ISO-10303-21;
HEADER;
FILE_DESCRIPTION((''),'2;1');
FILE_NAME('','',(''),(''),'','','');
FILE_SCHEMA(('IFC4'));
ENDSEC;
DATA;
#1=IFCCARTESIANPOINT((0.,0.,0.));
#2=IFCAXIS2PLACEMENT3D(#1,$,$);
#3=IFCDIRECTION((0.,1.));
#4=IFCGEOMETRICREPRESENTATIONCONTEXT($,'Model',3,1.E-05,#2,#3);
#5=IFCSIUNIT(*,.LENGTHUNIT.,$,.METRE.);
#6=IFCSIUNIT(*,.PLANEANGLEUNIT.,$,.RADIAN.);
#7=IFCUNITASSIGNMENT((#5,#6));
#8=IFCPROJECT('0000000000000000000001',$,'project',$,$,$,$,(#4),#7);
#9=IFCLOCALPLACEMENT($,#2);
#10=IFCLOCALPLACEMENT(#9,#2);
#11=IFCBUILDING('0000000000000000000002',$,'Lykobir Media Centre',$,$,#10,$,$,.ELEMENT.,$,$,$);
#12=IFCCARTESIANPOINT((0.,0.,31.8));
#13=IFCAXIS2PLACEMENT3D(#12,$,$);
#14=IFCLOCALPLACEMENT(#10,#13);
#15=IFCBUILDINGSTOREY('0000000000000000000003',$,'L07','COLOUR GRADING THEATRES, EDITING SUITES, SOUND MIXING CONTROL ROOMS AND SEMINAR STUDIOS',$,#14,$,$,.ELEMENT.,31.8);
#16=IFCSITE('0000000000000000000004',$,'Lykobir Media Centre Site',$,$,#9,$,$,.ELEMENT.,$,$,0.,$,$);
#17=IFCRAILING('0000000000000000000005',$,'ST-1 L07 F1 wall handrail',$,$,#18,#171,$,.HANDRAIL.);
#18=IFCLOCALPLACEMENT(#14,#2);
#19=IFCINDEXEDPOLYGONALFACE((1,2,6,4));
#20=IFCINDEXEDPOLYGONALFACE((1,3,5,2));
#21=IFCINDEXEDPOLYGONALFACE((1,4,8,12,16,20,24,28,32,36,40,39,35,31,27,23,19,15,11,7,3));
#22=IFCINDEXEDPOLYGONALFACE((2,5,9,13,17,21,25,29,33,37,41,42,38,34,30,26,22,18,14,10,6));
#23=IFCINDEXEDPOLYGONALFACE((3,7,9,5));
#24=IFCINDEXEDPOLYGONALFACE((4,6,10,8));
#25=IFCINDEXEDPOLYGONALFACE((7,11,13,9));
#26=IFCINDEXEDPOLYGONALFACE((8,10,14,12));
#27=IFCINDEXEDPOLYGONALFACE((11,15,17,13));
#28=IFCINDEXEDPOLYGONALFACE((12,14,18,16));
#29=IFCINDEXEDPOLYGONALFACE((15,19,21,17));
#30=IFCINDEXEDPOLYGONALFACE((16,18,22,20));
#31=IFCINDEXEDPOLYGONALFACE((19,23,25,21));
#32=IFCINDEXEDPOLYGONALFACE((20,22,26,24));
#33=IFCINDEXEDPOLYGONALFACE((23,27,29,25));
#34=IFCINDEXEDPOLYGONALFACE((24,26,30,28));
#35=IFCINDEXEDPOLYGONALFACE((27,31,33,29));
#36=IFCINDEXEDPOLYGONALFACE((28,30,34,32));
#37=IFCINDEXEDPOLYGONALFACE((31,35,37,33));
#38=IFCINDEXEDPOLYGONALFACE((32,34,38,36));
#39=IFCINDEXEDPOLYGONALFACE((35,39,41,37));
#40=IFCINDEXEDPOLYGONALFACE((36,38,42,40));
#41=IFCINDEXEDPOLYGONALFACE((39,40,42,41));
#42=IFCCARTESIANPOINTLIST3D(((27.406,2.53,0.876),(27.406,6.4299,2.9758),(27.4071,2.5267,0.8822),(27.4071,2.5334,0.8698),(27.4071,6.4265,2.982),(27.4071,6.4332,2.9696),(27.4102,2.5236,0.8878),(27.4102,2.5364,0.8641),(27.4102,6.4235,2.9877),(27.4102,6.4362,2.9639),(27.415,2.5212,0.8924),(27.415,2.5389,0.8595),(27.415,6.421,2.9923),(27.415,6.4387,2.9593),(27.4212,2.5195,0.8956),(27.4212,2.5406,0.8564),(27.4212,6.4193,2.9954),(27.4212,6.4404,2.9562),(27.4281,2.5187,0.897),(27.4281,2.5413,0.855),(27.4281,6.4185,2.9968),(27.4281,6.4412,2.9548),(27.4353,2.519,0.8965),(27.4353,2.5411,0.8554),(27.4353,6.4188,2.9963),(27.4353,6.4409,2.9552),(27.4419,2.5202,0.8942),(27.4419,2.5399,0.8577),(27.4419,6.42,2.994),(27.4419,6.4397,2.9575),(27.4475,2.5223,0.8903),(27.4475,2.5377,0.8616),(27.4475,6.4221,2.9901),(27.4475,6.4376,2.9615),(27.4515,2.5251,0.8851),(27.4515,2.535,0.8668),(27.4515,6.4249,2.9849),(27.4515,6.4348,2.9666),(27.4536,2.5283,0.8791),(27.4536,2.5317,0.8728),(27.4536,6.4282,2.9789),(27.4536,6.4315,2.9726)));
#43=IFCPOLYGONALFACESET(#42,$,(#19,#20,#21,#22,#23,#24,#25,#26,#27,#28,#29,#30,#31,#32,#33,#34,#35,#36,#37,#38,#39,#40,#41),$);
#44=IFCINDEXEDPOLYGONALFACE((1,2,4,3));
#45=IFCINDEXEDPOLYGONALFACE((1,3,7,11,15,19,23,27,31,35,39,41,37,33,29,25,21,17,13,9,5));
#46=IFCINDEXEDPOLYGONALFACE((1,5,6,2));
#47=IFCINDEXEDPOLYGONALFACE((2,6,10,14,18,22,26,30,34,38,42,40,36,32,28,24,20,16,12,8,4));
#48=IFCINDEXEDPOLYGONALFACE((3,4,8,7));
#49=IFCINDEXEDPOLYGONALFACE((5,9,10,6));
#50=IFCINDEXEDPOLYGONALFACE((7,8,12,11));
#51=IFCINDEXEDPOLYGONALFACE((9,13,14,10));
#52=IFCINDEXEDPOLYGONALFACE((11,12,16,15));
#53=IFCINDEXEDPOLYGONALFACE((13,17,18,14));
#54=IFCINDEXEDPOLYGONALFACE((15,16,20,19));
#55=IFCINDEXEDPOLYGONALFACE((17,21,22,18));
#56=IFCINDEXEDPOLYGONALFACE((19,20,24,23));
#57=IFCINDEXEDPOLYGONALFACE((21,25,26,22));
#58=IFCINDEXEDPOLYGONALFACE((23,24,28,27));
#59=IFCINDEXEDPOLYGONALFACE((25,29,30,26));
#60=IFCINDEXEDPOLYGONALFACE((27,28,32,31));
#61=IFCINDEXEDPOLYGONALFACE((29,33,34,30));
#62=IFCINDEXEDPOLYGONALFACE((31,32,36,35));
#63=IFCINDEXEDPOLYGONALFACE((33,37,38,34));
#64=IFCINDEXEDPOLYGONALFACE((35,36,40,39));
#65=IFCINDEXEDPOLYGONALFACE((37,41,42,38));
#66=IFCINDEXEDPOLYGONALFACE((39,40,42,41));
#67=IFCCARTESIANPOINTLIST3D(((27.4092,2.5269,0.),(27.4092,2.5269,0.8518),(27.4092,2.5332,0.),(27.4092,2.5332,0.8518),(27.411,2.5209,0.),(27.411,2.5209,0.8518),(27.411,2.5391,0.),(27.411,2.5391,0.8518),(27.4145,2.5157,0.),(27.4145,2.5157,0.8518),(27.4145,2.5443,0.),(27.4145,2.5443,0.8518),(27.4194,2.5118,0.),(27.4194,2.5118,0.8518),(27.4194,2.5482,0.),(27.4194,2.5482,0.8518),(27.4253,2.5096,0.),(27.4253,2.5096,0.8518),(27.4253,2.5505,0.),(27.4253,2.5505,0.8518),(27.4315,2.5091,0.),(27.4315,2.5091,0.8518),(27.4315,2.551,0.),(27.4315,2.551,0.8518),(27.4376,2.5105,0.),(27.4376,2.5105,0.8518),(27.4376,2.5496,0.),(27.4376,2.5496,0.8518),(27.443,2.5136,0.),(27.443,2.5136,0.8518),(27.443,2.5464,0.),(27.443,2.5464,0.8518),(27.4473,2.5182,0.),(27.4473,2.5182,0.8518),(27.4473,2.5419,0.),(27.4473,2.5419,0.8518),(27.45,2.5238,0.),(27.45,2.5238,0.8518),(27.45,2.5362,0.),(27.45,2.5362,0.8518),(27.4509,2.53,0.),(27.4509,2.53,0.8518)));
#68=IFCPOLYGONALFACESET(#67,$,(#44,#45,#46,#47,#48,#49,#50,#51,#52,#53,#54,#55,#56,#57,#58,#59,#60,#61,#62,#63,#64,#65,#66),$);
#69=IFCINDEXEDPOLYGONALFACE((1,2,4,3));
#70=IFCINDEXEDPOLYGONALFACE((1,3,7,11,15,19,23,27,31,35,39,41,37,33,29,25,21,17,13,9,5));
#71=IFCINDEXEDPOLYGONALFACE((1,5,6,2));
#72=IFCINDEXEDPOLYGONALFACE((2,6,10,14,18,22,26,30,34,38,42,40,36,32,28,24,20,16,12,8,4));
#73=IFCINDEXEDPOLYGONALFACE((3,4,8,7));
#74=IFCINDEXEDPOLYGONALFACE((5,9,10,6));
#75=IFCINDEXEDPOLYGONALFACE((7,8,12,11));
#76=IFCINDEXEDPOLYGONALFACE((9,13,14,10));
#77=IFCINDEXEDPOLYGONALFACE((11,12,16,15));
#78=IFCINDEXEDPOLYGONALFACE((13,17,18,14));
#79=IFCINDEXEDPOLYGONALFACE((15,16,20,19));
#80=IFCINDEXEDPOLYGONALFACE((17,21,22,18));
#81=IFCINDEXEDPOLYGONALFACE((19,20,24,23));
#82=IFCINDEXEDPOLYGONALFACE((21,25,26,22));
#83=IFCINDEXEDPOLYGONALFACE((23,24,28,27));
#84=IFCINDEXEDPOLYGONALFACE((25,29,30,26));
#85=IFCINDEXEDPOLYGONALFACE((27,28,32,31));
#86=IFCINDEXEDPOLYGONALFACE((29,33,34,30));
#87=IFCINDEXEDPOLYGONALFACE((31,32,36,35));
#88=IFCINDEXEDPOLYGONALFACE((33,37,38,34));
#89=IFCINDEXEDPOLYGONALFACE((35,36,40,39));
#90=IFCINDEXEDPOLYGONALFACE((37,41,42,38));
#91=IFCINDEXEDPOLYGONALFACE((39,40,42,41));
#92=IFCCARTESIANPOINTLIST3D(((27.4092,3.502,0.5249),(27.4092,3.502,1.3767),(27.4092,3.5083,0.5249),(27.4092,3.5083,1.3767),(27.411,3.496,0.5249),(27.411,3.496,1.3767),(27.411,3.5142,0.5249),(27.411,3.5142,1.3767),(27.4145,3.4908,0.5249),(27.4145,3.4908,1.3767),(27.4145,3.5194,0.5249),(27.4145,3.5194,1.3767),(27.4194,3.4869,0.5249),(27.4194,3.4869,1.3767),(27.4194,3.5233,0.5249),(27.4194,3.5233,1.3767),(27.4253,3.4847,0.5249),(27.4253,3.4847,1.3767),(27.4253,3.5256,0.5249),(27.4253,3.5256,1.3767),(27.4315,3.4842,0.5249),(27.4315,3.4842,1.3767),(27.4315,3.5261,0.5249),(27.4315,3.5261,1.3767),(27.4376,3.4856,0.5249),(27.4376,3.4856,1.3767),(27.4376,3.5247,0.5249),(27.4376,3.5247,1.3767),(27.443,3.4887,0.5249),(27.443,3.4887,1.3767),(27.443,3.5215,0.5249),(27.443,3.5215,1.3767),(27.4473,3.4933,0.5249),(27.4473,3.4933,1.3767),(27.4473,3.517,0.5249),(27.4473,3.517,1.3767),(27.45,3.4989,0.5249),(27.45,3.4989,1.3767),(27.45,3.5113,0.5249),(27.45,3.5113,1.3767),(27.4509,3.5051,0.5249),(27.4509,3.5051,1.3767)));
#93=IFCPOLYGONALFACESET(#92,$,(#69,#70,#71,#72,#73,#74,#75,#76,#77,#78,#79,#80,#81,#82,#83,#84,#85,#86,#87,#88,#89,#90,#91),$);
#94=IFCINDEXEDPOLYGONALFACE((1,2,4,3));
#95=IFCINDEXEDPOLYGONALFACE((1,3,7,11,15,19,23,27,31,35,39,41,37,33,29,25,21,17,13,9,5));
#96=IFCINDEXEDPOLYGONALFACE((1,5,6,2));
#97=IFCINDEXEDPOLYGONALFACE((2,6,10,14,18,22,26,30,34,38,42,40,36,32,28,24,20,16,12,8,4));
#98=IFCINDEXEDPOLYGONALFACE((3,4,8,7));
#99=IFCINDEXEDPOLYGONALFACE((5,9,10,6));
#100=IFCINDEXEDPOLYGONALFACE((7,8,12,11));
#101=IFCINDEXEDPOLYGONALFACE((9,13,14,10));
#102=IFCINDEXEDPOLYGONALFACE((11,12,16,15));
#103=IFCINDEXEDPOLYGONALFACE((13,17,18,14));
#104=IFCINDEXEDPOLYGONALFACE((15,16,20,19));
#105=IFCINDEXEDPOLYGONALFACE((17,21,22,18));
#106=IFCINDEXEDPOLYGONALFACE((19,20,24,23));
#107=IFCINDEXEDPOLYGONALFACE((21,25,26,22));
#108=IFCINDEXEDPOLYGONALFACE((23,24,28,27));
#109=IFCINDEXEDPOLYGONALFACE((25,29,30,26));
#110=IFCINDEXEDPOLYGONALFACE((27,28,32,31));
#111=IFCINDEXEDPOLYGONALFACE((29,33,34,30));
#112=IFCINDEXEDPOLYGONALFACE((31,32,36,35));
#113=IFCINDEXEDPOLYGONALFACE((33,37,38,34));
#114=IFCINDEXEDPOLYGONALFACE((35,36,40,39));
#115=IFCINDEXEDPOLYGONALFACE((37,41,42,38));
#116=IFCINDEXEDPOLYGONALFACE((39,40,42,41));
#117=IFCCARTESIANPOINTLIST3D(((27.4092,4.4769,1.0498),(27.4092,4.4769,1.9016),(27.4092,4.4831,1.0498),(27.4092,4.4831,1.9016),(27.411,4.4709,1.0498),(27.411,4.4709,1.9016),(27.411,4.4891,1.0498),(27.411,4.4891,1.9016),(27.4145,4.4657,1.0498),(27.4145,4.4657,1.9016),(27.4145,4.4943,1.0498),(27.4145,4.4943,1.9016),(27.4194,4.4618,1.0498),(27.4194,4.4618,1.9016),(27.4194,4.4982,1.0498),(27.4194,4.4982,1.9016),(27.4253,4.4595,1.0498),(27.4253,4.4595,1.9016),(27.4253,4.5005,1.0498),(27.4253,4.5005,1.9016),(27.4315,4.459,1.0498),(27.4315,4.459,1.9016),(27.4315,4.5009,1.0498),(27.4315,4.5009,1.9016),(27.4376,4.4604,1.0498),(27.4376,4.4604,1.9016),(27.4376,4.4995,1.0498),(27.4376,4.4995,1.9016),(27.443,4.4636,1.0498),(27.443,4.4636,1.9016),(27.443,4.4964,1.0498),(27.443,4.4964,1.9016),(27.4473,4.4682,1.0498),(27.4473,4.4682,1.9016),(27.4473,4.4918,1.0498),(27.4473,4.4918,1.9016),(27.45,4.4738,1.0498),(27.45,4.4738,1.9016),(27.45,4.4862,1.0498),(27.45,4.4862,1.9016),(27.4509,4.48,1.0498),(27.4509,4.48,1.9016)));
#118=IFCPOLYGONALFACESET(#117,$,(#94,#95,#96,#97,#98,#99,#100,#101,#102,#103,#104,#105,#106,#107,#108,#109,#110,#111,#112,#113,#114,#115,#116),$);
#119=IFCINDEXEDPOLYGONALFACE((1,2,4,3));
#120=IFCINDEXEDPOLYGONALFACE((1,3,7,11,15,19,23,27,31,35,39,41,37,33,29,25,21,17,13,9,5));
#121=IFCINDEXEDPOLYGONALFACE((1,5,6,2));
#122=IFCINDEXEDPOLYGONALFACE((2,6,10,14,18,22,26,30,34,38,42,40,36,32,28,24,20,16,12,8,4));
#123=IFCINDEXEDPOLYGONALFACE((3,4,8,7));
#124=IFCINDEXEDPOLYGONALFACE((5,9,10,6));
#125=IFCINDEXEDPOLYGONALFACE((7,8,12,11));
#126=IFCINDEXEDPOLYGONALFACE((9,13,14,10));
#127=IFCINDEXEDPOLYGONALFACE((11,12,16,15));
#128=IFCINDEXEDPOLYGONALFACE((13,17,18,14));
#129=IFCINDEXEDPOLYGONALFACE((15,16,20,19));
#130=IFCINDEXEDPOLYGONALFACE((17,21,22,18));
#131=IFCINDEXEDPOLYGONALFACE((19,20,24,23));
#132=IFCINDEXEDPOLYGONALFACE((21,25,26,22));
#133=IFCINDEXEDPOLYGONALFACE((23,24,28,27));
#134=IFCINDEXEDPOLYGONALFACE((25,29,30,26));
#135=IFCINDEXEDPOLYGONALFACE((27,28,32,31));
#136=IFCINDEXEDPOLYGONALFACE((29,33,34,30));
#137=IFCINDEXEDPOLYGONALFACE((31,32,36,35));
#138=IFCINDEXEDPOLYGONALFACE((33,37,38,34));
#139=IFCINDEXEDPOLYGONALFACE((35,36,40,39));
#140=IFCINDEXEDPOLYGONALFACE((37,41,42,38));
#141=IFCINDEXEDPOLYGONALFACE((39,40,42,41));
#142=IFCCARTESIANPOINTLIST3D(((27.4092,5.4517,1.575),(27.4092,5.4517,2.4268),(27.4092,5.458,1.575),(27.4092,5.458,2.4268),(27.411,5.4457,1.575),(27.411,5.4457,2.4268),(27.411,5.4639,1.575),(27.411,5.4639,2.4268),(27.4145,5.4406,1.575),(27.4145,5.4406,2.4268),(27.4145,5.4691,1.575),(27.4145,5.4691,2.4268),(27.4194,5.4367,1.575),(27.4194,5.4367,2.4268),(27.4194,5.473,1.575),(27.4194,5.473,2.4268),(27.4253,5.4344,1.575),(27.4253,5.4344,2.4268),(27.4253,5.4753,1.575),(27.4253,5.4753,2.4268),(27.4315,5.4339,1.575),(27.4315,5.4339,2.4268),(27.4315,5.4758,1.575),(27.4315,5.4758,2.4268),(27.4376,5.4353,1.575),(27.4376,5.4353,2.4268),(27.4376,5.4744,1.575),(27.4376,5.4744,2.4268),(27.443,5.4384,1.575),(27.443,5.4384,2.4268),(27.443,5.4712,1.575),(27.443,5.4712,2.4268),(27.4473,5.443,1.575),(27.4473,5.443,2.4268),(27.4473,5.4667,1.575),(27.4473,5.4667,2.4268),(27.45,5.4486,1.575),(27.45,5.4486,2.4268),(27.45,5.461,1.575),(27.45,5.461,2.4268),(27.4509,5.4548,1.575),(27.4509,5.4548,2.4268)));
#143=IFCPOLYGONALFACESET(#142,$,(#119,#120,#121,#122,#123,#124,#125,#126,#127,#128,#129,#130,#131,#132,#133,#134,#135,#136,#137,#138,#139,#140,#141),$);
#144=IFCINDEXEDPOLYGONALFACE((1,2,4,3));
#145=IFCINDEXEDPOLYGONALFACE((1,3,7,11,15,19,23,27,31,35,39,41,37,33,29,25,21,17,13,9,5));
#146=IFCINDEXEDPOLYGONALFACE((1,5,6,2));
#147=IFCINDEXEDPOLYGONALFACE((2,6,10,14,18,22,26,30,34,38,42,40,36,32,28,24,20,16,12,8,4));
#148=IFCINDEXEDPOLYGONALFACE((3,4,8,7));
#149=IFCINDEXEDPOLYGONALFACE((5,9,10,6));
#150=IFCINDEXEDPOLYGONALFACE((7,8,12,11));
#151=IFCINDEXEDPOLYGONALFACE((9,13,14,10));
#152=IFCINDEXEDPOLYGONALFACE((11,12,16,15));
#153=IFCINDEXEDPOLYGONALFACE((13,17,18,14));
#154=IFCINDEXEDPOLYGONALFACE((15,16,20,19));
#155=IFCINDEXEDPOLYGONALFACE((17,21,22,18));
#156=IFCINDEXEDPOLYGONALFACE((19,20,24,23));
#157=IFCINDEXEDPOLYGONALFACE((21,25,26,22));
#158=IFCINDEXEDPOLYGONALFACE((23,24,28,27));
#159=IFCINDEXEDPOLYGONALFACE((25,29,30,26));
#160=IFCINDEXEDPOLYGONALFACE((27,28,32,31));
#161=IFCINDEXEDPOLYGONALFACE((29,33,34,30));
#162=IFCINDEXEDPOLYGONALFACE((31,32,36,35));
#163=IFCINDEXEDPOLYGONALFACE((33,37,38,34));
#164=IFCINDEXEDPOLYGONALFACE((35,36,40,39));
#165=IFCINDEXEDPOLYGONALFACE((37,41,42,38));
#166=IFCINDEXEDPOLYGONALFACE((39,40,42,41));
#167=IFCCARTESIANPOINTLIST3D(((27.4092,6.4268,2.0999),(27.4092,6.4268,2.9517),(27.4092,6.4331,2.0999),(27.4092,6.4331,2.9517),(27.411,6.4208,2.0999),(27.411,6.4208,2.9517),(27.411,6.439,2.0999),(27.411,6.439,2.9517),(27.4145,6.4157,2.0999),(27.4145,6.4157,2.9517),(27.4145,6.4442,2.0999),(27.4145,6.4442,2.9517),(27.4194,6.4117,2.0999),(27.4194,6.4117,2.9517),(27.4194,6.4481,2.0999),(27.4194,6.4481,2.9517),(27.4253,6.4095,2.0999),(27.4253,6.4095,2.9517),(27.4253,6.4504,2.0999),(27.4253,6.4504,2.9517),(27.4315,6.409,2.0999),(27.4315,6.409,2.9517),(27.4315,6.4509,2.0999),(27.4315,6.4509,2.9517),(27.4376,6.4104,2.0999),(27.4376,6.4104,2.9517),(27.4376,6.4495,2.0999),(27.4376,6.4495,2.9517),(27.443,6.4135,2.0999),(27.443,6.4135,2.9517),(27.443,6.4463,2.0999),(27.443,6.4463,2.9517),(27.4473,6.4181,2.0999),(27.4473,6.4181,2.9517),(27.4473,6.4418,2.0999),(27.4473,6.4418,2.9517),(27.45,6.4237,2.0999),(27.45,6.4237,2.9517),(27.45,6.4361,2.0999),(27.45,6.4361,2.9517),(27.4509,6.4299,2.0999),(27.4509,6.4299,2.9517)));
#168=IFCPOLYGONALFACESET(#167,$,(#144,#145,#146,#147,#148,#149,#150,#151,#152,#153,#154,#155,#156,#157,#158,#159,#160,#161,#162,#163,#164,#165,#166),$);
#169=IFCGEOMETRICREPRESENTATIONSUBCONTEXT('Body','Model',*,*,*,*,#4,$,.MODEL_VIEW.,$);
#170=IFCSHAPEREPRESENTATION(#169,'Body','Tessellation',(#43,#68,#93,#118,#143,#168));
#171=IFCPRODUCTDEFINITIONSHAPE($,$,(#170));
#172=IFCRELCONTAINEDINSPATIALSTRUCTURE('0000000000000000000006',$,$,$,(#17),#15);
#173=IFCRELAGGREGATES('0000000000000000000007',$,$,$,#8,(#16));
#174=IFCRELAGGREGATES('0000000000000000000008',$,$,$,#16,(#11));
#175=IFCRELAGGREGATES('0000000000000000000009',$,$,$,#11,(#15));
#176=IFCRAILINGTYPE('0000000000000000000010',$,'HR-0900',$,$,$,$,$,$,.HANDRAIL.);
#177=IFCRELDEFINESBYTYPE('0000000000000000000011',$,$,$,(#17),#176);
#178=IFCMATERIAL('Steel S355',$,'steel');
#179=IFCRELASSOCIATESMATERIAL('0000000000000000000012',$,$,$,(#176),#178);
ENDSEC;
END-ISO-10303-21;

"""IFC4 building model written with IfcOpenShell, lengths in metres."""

from ifc_helpers import new_model, si_unit, direction, frame, origin, origin_2d, place, context, subcontext, project, spatial, circle, extrude, material, type_object, element, save


model = new_model("IFC4")

# Units and contexts
model_context = context("Model", 3, precision=1e-05, world=origin(), true_north=direction((0.0, 1.0)))
body_context = subcontext(model_context, "Body", "Model", "MODEL_VIEW")
ifc_project = project(units=[si_unit("LENGTHUNIT", "METRE"), si_unit("PLANEANGLEUNIT", "RADIAN")], contexts=[model_context])

# Site, building, storey
site_placement = place(None, origin())
site = spatial("IfcSite", under=ifc_project, at=site_placement, Name="Lykobir Media Centre Site", CompositionType="ELEMENT", RefElevation=0.0)
building_placement = place(site_placement, origin())
building = spatial("IfcBuilding", under=site, at=building_placement, Name="Lykobir Media Centre", CompositionType="ELEMENT")
storey_placement = place(building_placement, frame((0.0, 0.0, 31.8)))
storey = spatial("IfcBuildingStorey", under=building, at=storey_placement, Name="L07", Description="COLOUR GRADING THEATRES, EDITING SUITES, SOUND MIXING CONTROL ROOMS AND SEMINAR STUDIOS", CompositionType="ELEMENT", Elevation=31.8)

# Shared definitions
ifc_material_1 = material(Name="Steel S355", Category="steel")

# Railing
railing_type_1 = type_object("IfcRailingType", Name="HR-0900", PredefinedType="HANDRAIL", material=ifc_material_1)
railing_1_placement = place(storey_placement, frame((27.4299, 2.53, 0.0)))
element("IfcRailing", 1, at=railing_1_placement, inside=storey, type_object=railing_type_1, Name="ST-1 L07 F1 wall handrail", PredefinedType="HANDRAIL", context=body_context, shape_type="SweptSolid", body=[
    extrude(circle(Radius=0.0239, at=origin_2d()), frame((0.0, 0.0, 0.876), z_axis=(0.0, 0.88048, 0.474083), x_axis=(-1.0, 0.0, 0.0)), (0.0, 0.0, 1.0), 4.4292),
    extrude(circle(Radius=0.021, at=origin_2d()), origin(), (0.0, 0.0, 1.0), 0.8518),
    extrude(circle(Radius=0.021, at=origin_2d()), frame((0.0, 0.9751, 0.5249)), (0.0, 0.0, 1.0), 0.8518),
    extrude(circle(Radius=0.021, at=origin_2d()), frame((0.0, 1.95, 1.0498)), (0.0, 0.0, 1.0), 0.8518),
    extrude(circle(Radius=0.021, at=origin_2d()), frame((0.0, 2.9248, 1.575)), (0.0, 0.0, 1.0), 0.8518),
    extrude(circle(Radius=0.021, at=origin_2d()), frame((0.0, 3.8999, 2.0999)), (0.0, 0.0, 1.0), 0.8518),
])

save(model, "model.ifc")
